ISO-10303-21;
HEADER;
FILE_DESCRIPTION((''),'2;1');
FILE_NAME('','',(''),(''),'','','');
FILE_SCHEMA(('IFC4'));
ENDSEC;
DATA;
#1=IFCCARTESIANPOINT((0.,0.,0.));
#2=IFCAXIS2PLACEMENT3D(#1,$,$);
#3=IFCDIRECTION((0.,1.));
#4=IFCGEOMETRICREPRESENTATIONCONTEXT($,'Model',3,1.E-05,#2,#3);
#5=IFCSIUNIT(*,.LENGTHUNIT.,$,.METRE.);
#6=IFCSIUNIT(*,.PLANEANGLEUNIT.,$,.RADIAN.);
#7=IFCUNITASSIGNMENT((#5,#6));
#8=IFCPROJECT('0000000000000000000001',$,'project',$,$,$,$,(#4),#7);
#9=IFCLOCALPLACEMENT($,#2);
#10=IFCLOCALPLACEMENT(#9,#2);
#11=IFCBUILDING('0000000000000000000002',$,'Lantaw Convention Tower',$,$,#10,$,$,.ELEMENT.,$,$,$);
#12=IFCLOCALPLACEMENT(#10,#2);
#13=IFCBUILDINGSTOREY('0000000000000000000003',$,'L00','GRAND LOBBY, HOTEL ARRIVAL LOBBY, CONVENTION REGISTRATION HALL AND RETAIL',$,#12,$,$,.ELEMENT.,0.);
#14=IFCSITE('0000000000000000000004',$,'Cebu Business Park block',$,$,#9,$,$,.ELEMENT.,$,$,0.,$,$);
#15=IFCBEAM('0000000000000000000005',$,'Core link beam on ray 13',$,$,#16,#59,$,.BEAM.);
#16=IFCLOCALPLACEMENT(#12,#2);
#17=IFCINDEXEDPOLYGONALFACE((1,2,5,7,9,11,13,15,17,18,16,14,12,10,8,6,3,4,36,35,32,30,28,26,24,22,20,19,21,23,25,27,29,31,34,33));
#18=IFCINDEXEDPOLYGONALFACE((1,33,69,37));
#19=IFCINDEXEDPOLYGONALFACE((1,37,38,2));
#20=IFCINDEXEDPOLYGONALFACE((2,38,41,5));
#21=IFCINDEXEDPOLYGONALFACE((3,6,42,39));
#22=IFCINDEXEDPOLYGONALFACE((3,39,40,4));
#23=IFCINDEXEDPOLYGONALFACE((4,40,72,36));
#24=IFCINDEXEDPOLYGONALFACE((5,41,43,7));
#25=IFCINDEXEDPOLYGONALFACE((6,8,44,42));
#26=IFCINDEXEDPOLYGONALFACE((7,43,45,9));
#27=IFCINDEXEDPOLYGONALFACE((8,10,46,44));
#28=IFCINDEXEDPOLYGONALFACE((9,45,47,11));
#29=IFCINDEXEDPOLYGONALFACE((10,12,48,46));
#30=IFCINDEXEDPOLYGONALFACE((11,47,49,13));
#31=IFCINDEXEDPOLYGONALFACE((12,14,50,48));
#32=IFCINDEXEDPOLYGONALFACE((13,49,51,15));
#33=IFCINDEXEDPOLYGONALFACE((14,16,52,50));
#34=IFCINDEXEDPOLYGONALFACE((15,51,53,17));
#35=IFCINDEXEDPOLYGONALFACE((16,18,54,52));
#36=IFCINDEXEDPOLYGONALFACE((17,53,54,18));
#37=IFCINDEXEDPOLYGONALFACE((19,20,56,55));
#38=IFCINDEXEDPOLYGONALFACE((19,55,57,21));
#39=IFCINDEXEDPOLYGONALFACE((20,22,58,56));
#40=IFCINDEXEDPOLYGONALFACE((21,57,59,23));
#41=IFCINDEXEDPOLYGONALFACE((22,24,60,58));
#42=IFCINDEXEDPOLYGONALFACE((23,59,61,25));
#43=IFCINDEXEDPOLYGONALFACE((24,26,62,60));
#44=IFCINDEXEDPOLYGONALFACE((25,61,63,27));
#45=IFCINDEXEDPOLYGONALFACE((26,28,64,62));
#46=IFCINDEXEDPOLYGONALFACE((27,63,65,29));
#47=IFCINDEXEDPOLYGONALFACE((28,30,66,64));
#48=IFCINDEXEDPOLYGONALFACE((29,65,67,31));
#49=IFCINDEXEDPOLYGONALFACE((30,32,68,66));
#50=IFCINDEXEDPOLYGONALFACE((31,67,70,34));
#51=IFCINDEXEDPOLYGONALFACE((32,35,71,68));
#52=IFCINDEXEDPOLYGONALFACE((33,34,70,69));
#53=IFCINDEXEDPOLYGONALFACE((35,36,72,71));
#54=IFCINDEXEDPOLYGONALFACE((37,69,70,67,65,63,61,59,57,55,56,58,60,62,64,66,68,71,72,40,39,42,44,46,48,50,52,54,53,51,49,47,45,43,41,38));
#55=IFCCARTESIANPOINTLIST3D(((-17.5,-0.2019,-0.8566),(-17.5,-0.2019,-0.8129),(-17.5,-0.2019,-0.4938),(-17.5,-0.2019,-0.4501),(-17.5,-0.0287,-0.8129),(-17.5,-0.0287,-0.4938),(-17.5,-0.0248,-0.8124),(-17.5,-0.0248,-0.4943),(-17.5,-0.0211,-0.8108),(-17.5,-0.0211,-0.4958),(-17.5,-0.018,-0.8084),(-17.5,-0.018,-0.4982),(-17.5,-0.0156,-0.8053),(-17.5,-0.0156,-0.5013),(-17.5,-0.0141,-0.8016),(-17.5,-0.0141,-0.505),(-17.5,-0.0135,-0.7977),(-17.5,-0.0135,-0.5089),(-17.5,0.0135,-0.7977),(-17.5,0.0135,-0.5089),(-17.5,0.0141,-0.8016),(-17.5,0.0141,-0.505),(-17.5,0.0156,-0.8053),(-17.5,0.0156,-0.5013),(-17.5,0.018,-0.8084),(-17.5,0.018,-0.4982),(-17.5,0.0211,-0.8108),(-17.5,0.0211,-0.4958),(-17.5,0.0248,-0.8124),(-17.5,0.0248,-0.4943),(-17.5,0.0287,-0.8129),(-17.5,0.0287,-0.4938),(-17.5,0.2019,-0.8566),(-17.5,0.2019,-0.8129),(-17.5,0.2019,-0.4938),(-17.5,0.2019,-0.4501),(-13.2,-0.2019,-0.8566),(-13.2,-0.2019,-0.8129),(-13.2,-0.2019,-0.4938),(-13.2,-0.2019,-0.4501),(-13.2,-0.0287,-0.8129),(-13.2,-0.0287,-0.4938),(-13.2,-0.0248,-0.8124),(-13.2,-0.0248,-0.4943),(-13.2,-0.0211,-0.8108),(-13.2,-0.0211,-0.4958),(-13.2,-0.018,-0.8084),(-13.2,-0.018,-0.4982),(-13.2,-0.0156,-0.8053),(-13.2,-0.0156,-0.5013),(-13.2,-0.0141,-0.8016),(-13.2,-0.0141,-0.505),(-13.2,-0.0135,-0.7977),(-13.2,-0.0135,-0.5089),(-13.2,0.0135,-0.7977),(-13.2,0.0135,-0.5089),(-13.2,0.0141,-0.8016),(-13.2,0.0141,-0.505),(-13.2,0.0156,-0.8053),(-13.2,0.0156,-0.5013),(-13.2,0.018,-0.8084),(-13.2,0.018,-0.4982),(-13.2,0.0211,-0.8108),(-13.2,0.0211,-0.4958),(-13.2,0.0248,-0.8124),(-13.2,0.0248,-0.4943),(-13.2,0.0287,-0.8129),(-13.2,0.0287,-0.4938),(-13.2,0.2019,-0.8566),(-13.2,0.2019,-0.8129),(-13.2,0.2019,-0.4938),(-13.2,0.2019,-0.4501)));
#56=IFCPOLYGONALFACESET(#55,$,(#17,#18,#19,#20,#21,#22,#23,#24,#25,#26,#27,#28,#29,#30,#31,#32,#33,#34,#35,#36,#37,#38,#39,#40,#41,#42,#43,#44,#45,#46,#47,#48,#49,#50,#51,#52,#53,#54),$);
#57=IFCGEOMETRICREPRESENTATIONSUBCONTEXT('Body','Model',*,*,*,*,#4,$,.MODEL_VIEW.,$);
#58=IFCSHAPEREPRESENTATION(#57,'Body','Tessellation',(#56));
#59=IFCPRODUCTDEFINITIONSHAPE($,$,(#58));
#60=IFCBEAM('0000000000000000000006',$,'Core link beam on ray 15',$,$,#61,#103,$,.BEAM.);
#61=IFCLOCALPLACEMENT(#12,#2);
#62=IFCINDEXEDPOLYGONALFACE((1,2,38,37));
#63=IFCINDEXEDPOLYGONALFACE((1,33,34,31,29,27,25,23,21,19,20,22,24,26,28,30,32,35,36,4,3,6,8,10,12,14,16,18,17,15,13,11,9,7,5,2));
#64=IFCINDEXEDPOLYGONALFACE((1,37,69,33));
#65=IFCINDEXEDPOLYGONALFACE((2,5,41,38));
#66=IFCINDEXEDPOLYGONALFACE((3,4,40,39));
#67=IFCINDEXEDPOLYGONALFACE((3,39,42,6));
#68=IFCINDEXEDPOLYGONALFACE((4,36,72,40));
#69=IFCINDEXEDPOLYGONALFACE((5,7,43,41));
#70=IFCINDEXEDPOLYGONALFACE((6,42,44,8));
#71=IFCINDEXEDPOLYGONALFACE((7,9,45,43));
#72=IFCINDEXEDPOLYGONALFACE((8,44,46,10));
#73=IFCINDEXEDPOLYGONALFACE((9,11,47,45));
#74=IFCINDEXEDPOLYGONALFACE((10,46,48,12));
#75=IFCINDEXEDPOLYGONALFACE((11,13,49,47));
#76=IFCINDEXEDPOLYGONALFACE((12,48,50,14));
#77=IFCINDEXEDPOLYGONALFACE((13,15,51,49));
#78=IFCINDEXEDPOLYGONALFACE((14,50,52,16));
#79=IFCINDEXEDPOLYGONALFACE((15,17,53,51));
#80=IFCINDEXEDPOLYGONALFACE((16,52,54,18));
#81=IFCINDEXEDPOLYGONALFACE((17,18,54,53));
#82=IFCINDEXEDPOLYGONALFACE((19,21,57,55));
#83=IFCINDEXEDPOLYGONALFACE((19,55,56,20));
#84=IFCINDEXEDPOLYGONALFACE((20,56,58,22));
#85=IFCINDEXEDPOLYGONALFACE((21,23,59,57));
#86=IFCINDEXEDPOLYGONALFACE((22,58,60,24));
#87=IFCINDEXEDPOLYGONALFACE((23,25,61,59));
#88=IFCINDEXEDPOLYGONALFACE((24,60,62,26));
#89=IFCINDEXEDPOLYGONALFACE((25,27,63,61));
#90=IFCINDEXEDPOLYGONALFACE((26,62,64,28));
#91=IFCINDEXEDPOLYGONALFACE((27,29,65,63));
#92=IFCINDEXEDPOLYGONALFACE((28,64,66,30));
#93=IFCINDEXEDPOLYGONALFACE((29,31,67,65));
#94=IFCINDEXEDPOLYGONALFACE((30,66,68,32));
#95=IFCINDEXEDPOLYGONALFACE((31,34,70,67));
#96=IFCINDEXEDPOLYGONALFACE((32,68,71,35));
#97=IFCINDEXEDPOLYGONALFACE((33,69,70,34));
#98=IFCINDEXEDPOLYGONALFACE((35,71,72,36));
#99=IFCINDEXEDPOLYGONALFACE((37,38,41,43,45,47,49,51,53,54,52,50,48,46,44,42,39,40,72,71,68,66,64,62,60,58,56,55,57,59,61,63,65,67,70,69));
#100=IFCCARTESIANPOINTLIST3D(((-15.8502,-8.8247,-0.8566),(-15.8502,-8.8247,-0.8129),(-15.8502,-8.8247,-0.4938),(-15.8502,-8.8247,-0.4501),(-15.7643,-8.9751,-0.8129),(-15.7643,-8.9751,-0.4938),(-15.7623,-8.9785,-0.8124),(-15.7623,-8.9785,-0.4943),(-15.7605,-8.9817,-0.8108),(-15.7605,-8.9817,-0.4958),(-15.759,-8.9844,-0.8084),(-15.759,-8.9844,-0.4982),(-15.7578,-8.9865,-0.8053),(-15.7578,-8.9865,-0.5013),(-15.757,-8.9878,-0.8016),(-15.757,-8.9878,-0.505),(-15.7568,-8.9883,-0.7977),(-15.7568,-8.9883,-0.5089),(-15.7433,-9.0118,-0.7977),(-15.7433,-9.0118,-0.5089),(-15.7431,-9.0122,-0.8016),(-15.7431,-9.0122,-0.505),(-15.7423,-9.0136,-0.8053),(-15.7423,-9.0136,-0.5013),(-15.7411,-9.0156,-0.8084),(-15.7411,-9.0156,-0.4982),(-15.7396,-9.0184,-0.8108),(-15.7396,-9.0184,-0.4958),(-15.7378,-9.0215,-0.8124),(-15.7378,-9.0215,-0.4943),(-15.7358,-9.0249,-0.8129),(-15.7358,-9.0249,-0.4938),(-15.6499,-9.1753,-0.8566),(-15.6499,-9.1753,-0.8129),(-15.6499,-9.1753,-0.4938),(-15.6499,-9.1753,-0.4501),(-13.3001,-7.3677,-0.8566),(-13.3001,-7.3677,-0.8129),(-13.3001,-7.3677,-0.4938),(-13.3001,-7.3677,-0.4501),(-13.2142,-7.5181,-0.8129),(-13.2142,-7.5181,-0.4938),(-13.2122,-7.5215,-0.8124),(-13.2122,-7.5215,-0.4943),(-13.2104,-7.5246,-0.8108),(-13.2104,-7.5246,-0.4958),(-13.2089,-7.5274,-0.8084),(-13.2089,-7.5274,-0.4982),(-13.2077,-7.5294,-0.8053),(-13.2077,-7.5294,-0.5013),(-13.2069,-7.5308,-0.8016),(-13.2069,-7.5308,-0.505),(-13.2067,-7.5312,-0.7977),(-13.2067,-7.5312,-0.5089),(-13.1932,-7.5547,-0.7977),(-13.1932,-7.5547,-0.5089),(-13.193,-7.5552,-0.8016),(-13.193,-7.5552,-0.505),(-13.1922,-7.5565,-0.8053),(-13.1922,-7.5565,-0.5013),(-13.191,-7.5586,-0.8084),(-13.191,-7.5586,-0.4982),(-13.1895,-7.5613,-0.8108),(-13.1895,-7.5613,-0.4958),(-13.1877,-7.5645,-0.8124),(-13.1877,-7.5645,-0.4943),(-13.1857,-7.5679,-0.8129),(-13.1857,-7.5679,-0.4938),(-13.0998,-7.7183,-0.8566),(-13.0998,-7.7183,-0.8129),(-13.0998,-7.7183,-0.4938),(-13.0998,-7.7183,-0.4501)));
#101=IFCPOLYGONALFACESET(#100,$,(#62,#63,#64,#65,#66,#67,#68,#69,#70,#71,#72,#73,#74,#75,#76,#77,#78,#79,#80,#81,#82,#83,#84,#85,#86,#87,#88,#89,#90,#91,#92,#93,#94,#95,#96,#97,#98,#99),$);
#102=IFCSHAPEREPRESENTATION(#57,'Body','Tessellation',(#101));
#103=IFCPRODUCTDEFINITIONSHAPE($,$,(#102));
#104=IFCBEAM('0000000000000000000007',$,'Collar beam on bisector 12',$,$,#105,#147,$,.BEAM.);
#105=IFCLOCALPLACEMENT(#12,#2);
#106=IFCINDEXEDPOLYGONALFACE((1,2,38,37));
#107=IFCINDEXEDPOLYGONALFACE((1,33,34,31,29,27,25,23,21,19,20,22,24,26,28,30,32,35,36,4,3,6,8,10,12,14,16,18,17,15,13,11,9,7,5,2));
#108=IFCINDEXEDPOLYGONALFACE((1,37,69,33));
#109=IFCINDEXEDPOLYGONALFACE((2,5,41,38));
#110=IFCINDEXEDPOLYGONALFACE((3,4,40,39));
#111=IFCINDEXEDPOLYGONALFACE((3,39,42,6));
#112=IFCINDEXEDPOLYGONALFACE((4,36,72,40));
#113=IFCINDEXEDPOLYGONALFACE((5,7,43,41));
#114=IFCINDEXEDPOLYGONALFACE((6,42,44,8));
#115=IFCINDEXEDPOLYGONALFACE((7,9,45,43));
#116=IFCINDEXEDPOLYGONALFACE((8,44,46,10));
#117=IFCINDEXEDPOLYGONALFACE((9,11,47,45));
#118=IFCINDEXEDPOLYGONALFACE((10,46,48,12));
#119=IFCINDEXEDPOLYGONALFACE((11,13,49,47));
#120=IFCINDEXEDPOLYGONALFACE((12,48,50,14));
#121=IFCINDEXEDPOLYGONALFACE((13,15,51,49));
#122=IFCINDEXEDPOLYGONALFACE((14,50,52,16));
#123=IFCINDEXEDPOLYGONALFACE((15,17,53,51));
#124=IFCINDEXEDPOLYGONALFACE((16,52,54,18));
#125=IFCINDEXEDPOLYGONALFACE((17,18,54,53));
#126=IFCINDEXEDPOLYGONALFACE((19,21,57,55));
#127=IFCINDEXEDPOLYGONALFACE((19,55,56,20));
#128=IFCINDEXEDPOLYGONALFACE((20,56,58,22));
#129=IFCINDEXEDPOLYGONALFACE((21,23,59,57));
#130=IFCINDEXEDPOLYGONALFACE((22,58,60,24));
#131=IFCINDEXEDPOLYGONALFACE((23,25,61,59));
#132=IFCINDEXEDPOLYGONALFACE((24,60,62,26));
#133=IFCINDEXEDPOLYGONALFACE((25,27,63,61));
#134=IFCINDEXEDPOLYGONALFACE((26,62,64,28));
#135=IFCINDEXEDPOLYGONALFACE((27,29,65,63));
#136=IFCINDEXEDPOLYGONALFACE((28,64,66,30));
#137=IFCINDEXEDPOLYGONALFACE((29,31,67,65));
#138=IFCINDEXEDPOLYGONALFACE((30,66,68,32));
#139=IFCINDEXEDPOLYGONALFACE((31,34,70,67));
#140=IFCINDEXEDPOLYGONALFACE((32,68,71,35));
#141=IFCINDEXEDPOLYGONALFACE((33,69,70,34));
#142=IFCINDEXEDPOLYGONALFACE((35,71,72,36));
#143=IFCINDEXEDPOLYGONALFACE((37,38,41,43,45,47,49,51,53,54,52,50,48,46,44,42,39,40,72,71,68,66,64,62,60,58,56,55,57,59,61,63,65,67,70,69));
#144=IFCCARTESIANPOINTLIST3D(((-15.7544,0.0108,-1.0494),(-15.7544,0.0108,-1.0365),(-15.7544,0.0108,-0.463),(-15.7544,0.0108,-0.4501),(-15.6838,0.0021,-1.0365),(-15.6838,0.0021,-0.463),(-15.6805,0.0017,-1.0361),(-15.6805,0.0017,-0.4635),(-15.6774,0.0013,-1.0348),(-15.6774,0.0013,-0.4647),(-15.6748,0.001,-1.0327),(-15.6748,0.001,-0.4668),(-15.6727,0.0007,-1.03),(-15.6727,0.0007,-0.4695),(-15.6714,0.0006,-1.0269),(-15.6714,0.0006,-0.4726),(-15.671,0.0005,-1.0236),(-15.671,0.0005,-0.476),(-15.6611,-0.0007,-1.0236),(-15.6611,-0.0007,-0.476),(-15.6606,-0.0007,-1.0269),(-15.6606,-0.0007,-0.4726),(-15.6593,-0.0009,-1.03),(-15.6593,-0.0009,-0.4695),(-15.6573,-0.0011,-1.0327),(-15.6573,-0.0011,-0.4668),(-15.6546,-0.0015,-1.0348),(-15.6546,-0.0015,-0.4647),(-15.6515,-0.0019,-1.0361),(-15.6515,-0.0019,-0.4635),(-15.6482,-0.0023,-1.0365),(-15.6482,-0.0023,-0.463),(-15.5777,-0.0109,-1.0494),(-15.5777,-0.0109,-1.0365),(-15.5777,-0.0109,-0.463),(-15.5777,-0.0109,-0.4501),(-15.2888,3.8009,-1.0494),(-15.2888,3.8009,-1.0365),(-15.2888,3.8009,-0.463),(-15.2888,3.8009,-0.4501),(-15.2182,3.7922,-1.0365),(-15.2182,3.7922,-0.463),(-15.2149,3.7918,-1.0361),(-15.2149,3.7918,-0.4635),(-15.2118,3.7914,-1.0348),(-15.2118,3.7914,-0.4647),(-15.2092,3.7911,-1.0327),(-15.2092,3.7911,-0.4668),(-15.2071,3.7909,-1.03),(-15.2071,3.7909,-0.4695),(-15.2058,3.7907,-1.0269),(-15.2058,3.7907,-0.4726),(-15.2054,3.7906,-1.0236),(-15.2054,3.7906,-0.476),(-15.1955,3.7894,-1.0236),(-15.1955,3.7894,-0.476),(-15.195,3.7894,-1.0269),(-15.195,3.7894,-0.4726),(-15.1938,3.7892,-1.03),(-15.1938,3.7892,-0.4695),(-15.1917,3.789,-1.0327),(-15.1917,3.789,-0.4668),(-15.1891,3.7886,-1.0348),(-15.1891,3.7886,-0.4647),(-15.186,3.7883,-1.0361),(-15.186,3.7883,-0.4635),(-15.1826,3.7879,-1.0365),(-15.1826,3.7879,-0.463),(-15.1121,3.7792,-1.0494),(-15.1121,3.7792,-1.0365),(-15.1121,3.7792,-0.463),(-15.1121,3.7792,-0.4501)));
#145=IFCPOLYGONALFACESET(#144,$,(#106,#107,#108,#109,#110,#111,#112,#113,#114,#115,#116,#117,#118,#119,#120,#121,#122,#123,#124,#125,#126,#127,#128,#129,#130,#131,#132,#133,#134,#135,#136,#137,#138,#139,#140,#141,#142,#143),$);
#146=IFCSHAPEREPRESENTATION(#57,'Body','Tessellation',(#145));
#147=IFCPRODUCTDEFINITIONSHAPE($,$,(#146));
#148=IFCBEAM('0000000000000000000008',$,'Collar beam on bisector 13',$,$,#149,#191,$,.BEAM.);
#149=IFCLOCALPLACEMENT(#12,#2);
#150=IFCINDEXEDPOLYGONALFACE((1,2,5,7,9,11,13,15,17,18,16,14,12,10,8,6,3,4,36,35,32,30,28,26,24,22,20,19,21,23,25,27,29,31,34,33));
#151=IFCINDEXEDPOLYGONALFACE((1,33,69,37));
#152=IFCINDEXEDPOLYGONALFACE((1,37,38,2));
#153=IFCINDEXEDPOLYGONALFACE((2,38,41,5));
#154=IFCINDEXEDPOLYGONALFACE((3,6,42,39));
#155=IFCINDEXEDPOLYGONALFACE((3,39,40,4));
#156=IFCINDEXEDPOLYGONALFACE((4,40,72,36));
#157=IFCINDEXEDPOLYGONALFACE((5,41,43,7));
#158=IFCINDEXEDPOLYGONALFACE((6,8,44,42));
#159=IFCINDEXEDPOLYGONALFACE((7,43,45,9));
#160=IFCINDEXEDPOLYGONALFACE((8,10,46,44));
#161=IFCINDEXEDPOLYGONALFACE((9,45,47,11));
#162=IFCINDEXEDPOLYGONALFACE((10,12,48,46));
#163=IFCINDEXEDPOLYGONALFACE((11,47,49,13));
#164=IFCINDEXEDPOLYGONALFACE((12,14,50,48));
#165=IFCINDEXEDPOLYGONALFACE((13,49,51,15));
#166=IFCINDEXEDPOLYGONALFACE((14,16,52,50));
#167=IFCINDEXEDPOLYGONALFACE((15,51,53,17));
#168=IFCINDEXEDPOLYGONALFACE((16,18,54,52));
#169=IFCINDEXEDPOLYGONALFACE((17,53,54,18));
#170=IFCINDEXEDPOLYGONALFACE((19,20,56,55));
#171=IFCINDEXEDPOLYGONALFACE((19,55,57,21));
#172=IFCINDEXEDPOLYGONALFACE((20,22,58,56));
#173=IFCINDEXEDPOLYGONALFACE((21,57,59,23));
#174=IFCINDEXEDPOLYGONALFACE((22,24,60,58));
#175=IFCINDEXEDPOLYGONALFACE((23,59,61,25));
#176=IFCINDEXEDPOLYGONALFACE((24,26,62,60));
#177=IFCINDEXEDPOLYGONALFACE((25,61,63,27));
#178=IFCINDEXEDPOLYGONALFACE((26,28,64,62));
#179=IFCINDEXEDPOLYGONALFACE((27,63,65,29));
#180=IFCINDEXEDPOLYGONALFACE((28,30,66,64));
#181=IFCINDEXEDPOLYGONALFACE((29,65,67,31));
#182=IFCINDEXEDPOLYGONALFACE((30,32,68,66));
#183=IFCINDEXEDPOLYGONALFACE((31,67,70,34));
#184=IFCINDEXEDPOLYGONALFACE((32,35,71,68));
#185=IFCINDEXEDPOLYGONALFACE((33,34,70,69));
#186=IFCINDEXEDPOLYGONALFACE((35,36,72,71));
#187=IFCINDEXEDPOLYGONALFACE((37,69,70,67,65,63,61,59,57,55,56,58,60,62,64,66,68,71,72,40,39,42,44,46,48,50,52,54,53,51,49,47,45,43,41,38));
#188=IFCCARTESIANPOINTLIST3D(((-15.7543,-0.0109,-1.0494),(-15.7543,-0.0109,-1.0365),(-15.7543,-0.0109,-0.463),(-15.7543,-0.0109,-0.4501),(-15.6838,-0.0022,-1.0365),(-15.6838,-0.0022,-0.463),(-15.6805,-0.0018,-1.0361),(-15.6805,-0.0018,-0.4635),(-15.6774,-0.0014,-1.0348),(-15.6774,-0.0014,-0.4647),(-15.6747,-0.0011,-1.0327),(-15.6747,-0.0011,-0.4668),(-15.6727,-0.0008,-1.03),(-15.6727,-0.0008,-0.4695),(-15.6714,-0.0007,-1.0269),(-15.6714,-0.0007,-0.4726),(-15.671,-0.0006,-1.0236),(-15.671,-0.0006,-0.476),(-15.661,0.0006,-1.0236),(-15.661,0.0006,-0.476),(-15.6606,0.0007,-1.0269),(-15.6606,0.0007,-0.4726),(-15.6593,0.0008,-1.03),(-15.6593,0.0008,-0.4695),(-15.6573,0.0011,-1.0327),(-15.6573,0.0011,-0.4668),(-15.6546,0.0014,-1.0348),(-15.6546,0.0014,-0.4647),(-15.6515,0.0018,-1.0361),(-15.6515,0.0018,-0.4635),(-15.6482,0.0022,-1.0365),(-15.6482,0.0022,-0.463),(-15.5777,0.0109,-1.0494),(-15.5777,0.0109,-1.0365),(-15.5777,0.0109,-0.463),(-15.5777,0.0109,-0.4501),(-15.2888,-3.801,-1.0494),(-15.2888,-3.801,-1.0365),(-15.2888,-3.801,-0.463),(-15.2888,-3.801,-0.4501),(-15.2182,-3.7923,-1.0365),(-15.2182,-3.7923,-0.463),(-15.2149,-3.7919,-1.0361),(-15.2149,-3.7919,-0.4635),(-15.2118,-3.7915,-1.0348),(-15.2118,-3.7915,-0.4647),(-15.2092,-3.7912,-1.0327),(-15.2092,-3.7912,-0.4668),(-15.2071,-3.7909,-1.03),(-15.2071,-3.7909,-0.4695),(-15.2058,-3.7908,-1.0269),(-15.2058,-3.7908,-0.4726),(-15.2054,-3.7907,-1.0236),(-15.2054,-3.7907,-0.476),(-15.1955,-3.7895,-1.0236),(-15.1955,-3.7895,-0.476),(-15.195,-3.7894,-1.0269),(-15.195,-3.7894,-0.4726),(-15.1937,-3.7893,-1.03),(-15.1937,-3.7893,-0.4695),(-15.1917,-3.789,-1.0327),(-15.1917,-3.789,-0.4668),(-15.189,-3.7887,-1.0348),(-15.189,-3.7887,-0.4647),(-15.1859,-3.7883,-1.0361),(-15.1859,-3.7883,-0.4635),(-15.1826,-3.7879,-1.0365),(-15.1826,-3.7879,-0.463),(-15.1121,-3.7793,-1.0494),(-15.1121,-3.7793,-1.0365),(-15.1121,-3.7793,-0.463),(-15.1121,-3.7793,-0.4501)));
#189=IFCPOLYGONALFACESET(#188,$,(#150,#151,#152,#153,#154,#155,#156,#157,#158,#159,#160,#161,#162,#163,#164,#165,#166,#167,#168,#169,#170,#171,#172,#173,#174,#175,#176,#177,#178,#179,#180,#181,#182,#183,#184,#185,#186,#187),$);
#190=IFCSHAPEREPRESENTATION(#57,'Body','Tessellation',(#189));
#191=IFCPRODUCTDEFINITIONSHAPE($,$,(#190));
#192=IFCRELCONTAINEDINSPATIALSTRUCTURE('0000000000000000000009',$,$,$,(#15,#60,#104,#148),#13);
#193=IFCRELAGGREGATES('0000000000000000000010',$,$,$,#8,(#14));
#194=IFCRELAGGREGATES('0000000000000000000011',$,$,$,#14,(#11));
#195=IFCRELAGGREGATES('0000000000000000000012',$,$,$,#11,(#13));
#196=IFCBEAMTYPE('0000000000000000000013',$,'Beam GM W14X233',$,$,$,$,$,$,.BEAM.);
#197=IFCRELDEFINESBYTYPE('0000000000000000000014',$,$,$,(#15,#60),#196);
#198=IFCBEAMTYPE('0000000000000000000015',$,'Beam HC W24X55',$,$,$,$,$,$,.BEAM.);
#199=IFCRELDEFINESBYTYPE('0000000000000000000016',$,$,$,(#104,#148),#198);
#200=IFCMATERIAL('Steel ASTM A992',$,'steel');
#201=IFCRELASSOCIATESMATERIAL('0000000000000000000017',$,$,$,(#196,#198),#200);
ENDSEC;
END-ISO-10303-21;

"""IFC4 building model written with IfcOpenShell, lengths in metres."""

from ifc_helpers import new_model, si_unit, direction, frame, origin, origin_2d, place, context, subcontext, project, spatial, i_section, extrude, material, material_profile, profile_set, type_object, element, save


model = new_model("IFC4")

# Units and contexts
model_context = context("Model", 3, precision=1e-05, world=origin(), true_north=direction((0.0, 1.0)))
body_context = subcontext(model_context, "Body", "Model", "MODEL_VIEW")
ifc_project = project(units=[si_unit("LENGTHUNIT", "METRE"), si_unit("PLANEANGLEUNIT", "RADIAN")], contexts=[model_context])

# Site, building, storey
site_placement = place(None, origin())
site = spatial("IfcSite", under=ifc_project, at=site_placement, Name="Cebu Business Park block", CompositionType="ELEMENT", RefElevation=0.0)
building_placement = place(site_placement, origin())
building = spatial("IfcBuilding", under=site, at=building_placement, Name="Lantaw Convention Tower", CompositionType="ELEMENT")
storey_placement = place(building_placement, origin())
storey = spatial("IfcBuildingStorey", under=building, at=storey_placement, Name="L00", Description="GRAND LOBBY, HOTEL ARRIVAL LOBBY, CONVENTION REGISTRATION HALL AND RETAIL", CompositionType="ELEMENT", Elevation=0.0)

# Beams
ifc_material_1 = material(Name="Steel ASTM A992", Category="steel")
ifc_material_profile_1 = material_profile(ifc_material_1, i_section(OverallWidth=0.4038, OverallDepth=0.4065, WebThickness=0.0271, FlangeThickness=0.0437, FilletRadius=0.0151, at=origin_2d()), Name="W14X233")
ifc_profile_set_1 = profile_set([ifc_material_profile_1], Name="Steel ASTM A992")
beam_type_1 = type_object("IfcBeamType", Name="Beam GM W14X233", PredefinedType="BEAM", material=ifc_profile_set_1)
beam_1_placement = place(storey_placement, frame((-13.2, 0.0, -0.6533), z_axis=(-1.0, 0.0, 0.0), x_axis=(0.0, -1.0, 0.0)))
element("IfcBeam", 1, at=beam_1_placement, inside=storey, type_object=beam_type_1, Name="Core link beam on ray 13", PredefinedType="BEAM", context=body_context, shape_type="SweptSolid", body=[
    extrude(i_section(OverallWidth=0.4038, OverallDepth=0.4065, WebThickness=0.0271, FlangeThickness=0.0437, FilletRadius=0.0151, at=origin_2d()), origin(), (0.0, 0.0, 1.0), 4.3),
])
beam_2_placement = place(storey_placement, frame((-13.2, -7.543, -0.6533), z_axis=(-0.868264, -0.496103, 0.0), x_axis=(0.496103, -0.868264, 0.0)))
element("IfcBeam", 2, at=beam_2_placement, inside=storey, type_object=beam_type_1, Name="Core link beam on ray 15", PredefinedType="BEAM", context=body_context, shape_type="SweptSolid", body=[
    extrude(i_section(OverallWidth=0.4038, OverallDepth=0.4065, WebThickness=0.0271, FlangeThickness=0.0437, FilletRadius=0.0151, at=origin_2d()), origin(), (0.0, 0.0, 1.0), 2.937),
])
ifc_material_profile_2 = material_profile(ifc_material_1, i_section(OverallWidth=0.178, OverallDepth=0.5994, WebThickness=0.01, FlangeThickness=0.0129, FilletRadius=0.0129, at=origin_2d()), Name="W24X55")
ifc_profile_set_2 = profile_set([ifc_material_profile_2], Name="Steel ASTM A992")
beam_type_2 = type_object("IfcBeamType", Name="Beam HC W24X55", PredefinedType="BEAM", material=ifc_profile_set_2)
for number, where, z_axis, x_axis, name in (
    (3, (-15.2004, 3.79, -0.7498), (-0.121926, -0.992539, 0.0), (0.992539, -0.121926, 0.0), "Collar beam on bisector 12"),
    (4, (-15.666, 0.0, -0.7498), (0.121926, -0.992539, 0.0), (0.992539, 0.121926, 0.0), "Collar beam on bisector 13"),
):
    element("IfcBeam", number, at=place(storey_placement, frame(where, z_axis=z_axis, x_axis=x_axis)), inside=storey, type_object=beam_type_2, Name=name, PredefinedType="BEAM", context=body_context, shape_type="SweptSolid", body=[
        extrude(i_section(OverallWidth=0.178, OverallDepth=0.5994, WebThickness=0.01, FlangeThickness=0.0129, FilletRadius=0.0129, at=origin_2d()), origin(), (0.0, 0.0, 1.0), 3.8186),
    ])

save(model, "model.ifc")
